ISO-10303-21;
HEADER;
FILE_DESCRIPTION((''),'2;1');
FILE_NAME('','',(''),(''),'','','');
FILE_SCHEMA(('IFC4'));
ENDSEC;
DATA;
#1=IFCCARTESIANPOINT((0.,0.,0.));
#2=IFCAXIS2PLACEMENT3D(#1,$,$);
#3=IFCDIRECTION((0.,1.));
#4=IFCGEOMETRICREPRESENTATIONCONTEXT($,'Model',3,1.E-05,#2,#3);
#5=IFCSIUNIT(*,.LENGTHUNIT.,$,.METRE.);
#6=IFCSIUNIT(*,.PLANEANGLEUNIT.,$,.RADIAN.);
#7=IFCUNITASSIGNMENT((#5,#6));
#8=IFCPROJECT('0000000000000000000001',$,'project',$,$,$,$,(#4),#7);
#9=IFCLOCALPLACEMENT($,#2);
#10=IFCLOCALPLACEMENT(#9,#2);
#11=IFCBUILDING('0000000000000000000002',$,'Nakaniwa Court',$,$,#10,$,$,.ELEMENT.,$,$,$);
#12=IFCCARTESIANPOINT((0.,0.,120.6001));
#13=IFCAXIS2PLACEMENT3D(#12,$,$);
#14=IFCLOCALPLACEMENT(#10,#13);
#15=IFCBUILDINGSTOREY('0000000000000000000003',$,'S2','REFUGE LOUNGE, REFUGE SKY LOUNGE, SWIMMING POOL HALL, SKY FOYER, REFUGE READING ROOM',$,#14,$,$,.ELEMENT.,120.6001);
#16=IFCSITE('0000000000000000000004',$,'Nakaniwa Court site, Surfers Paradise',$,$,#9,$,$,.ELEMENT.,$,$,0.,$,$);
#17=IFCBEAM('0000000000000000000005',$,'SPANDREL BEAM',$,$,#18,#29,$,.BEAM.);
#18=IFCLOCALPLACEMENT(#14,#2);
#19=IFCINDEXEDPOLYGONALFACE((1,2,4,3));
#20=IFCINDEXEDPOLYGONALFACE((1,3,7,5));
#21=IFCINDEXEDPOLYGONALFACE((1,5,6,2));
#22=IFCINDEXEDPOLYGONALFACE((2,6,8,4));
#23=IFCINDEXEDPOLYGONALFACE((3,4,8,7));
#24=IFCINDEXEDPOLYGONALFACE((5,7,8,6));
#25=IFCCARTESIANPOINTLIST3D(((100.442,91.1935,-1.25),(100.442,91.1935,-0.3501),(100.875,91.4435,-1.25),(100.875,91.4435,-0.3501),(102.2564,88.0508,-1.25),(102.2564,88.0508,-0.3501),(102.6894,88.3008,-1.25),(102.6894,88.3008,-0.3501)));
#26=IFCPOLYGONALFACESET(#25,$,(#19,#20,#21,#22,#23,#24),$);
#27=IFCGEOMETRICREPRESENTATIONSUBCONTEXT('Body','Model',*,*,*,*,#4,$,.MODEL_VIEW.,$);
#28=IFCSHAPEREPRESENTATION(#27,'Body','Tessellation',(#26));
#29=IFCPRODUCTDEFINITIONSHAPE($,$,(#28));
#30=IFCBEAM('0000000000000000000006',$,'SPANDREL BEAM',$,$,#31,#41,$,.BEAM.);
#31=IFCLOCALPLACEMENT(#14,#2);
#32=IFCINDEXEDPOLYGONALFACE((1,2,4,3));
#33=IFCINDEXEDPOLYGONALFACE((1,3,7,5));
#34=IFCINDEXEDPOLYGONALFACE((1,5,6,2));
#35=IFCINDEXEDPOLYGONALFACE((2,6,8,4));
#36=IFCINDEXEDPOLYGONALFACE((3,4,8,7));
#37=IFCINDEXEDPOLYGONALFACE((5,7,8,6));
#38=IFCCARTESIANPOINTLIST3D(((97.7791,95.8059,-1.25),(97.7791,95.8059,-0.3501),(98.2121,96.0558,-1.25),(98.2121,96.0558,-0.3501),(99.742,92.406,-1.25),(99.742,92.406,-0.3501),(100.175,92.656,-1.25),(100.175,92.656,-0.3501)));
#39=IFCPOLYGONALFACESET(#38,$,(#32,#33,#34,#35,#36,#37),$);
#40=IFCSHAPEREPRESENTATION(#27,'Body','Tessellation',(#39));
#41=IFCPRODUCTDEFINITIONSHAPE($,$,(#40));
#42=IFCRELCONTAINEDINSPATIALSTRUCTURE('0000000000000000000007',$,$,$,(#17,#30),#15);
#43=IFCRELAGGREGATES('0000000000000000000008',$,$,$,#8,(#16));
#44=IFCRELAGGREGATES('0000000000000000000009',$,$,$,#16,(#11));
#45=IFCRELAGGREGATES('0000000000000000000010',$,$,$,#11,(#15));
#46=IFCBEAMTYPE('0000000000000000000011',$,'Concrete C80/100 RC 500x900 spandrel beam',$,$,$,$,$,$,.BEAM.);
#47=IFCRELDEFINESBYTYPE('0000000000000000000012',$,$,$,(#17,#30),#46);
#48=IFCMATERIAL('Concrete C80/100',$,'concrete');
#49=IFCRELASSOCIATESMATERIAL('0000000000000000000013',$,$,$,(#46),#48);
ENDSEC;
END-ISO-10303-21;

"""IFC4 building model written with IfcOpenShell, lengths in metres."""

from ifc_helpers import new_model, si_unit, direction, frame, origin, origin_2d, place, context, subcontext, project, spatial, rectangle, extrude, material, material_profile, profile_set, type_object, element, save


model = new_model("IFC4")

# Units and contexts
model_context = context("Model", 3, precision=1e-05, world=origin(), true_north=direction((0.0, 1.0)))
body_context = subcontext(model_context, "Body", "Model", "MODEL_VIEW")
ifc_project = project(units=[si_unit("LENGTHUNIT", "METRE"), si_unit("PLANEANGLEUNIT", "RADIAN")], contexts=[model_context])

# Site, building, storey
site_placement = place(None, origin())
site = spatial("IfcSite", under=ifc_project, at=site_placement, Name="Nakaniwa Court site, Surfers Paradise", CompositionType="ELEMENT", RefElevation=0.0)
building_placement = place(site_placement, origin())
building = spatial("IfcBuilding", under=site, at=building_placement, Name="Nakaniwa Court", CompositionType="ELEMENT")
storey_placement = place(building_placement, frame((0.0, 0.0, 120.6001)))
storey = spatial("IfcBuildingStorey", under=building, at=storey_placement, Name="S2", Description="REFUGE LOUNGE, REFUGE SKY LOUNGE, SWIMMING POOL HALL, SKY FOYER, REFUGE READING ROOM", CompositionType="ELEMENT", Elevation=120.6001)

# Shared definitions
ifc_material_1 = material(Name="Concrete C80/100", Category="concrete")

# Beams
ifc_material_profile_1 = material_profile(ifc_material_1, rectangle(XDim=0.5, YDim=0.8999, at=origin_2d()), Name="Concrete C80/100 RC 500x900 spandrel beam")
ifc_profile_set_1 = profile_set([ifc_material_profile_1], Name="Concrete C80/100")
beam_type = type_object("IfcBeamType", Name="Concrete C80/100 RC 500x900 spandrel beam", PredefinedType="BEAM", material=ifc_profile_set_1)
beam_1_placement = place(storey_placement, frame((102.4729, 88.1758, -0.8), z_axis=(-0.499988, 0.866032, 0.0), x_axis=(-0.866032, -0.499988, 0.0)))
element("IfcBeam", 1, at=beam_1_placement, inside=storey, type_object=beam_type, Name="SPANDREL BEAM", PredefinedType="BEAM", context=body_context, shape_type="SweptSolid", body=[
    extrude(rectangle(XDim=0.5, YDim=0.8999, at=origin_2d()), origin(), (0.0, 0.0, 1.0), 3.6289),
])
beam_2_placement = place(storey_placement, frame((99.9585, 92.531, -0.8), z_axis=(-0.499992, 0.86603, 0.0), x_axis=(-0.86603, -0.499992, 0.0)))
element("IfcBeam", 2, at=beam_2_placement, inside=storey, type_object=beam_type, Name="SPANDREL BEAM", PredefinedType="BEAM", context=body_context, shape_type="SweptSolid", body=[
    extrude(rectangle(XDim=0.5, YDim=0.8999, at=origin_2d()), origin(), (0.0, 0.0, 1.0), 3.9258),
])

save(model, "model.ifc")
